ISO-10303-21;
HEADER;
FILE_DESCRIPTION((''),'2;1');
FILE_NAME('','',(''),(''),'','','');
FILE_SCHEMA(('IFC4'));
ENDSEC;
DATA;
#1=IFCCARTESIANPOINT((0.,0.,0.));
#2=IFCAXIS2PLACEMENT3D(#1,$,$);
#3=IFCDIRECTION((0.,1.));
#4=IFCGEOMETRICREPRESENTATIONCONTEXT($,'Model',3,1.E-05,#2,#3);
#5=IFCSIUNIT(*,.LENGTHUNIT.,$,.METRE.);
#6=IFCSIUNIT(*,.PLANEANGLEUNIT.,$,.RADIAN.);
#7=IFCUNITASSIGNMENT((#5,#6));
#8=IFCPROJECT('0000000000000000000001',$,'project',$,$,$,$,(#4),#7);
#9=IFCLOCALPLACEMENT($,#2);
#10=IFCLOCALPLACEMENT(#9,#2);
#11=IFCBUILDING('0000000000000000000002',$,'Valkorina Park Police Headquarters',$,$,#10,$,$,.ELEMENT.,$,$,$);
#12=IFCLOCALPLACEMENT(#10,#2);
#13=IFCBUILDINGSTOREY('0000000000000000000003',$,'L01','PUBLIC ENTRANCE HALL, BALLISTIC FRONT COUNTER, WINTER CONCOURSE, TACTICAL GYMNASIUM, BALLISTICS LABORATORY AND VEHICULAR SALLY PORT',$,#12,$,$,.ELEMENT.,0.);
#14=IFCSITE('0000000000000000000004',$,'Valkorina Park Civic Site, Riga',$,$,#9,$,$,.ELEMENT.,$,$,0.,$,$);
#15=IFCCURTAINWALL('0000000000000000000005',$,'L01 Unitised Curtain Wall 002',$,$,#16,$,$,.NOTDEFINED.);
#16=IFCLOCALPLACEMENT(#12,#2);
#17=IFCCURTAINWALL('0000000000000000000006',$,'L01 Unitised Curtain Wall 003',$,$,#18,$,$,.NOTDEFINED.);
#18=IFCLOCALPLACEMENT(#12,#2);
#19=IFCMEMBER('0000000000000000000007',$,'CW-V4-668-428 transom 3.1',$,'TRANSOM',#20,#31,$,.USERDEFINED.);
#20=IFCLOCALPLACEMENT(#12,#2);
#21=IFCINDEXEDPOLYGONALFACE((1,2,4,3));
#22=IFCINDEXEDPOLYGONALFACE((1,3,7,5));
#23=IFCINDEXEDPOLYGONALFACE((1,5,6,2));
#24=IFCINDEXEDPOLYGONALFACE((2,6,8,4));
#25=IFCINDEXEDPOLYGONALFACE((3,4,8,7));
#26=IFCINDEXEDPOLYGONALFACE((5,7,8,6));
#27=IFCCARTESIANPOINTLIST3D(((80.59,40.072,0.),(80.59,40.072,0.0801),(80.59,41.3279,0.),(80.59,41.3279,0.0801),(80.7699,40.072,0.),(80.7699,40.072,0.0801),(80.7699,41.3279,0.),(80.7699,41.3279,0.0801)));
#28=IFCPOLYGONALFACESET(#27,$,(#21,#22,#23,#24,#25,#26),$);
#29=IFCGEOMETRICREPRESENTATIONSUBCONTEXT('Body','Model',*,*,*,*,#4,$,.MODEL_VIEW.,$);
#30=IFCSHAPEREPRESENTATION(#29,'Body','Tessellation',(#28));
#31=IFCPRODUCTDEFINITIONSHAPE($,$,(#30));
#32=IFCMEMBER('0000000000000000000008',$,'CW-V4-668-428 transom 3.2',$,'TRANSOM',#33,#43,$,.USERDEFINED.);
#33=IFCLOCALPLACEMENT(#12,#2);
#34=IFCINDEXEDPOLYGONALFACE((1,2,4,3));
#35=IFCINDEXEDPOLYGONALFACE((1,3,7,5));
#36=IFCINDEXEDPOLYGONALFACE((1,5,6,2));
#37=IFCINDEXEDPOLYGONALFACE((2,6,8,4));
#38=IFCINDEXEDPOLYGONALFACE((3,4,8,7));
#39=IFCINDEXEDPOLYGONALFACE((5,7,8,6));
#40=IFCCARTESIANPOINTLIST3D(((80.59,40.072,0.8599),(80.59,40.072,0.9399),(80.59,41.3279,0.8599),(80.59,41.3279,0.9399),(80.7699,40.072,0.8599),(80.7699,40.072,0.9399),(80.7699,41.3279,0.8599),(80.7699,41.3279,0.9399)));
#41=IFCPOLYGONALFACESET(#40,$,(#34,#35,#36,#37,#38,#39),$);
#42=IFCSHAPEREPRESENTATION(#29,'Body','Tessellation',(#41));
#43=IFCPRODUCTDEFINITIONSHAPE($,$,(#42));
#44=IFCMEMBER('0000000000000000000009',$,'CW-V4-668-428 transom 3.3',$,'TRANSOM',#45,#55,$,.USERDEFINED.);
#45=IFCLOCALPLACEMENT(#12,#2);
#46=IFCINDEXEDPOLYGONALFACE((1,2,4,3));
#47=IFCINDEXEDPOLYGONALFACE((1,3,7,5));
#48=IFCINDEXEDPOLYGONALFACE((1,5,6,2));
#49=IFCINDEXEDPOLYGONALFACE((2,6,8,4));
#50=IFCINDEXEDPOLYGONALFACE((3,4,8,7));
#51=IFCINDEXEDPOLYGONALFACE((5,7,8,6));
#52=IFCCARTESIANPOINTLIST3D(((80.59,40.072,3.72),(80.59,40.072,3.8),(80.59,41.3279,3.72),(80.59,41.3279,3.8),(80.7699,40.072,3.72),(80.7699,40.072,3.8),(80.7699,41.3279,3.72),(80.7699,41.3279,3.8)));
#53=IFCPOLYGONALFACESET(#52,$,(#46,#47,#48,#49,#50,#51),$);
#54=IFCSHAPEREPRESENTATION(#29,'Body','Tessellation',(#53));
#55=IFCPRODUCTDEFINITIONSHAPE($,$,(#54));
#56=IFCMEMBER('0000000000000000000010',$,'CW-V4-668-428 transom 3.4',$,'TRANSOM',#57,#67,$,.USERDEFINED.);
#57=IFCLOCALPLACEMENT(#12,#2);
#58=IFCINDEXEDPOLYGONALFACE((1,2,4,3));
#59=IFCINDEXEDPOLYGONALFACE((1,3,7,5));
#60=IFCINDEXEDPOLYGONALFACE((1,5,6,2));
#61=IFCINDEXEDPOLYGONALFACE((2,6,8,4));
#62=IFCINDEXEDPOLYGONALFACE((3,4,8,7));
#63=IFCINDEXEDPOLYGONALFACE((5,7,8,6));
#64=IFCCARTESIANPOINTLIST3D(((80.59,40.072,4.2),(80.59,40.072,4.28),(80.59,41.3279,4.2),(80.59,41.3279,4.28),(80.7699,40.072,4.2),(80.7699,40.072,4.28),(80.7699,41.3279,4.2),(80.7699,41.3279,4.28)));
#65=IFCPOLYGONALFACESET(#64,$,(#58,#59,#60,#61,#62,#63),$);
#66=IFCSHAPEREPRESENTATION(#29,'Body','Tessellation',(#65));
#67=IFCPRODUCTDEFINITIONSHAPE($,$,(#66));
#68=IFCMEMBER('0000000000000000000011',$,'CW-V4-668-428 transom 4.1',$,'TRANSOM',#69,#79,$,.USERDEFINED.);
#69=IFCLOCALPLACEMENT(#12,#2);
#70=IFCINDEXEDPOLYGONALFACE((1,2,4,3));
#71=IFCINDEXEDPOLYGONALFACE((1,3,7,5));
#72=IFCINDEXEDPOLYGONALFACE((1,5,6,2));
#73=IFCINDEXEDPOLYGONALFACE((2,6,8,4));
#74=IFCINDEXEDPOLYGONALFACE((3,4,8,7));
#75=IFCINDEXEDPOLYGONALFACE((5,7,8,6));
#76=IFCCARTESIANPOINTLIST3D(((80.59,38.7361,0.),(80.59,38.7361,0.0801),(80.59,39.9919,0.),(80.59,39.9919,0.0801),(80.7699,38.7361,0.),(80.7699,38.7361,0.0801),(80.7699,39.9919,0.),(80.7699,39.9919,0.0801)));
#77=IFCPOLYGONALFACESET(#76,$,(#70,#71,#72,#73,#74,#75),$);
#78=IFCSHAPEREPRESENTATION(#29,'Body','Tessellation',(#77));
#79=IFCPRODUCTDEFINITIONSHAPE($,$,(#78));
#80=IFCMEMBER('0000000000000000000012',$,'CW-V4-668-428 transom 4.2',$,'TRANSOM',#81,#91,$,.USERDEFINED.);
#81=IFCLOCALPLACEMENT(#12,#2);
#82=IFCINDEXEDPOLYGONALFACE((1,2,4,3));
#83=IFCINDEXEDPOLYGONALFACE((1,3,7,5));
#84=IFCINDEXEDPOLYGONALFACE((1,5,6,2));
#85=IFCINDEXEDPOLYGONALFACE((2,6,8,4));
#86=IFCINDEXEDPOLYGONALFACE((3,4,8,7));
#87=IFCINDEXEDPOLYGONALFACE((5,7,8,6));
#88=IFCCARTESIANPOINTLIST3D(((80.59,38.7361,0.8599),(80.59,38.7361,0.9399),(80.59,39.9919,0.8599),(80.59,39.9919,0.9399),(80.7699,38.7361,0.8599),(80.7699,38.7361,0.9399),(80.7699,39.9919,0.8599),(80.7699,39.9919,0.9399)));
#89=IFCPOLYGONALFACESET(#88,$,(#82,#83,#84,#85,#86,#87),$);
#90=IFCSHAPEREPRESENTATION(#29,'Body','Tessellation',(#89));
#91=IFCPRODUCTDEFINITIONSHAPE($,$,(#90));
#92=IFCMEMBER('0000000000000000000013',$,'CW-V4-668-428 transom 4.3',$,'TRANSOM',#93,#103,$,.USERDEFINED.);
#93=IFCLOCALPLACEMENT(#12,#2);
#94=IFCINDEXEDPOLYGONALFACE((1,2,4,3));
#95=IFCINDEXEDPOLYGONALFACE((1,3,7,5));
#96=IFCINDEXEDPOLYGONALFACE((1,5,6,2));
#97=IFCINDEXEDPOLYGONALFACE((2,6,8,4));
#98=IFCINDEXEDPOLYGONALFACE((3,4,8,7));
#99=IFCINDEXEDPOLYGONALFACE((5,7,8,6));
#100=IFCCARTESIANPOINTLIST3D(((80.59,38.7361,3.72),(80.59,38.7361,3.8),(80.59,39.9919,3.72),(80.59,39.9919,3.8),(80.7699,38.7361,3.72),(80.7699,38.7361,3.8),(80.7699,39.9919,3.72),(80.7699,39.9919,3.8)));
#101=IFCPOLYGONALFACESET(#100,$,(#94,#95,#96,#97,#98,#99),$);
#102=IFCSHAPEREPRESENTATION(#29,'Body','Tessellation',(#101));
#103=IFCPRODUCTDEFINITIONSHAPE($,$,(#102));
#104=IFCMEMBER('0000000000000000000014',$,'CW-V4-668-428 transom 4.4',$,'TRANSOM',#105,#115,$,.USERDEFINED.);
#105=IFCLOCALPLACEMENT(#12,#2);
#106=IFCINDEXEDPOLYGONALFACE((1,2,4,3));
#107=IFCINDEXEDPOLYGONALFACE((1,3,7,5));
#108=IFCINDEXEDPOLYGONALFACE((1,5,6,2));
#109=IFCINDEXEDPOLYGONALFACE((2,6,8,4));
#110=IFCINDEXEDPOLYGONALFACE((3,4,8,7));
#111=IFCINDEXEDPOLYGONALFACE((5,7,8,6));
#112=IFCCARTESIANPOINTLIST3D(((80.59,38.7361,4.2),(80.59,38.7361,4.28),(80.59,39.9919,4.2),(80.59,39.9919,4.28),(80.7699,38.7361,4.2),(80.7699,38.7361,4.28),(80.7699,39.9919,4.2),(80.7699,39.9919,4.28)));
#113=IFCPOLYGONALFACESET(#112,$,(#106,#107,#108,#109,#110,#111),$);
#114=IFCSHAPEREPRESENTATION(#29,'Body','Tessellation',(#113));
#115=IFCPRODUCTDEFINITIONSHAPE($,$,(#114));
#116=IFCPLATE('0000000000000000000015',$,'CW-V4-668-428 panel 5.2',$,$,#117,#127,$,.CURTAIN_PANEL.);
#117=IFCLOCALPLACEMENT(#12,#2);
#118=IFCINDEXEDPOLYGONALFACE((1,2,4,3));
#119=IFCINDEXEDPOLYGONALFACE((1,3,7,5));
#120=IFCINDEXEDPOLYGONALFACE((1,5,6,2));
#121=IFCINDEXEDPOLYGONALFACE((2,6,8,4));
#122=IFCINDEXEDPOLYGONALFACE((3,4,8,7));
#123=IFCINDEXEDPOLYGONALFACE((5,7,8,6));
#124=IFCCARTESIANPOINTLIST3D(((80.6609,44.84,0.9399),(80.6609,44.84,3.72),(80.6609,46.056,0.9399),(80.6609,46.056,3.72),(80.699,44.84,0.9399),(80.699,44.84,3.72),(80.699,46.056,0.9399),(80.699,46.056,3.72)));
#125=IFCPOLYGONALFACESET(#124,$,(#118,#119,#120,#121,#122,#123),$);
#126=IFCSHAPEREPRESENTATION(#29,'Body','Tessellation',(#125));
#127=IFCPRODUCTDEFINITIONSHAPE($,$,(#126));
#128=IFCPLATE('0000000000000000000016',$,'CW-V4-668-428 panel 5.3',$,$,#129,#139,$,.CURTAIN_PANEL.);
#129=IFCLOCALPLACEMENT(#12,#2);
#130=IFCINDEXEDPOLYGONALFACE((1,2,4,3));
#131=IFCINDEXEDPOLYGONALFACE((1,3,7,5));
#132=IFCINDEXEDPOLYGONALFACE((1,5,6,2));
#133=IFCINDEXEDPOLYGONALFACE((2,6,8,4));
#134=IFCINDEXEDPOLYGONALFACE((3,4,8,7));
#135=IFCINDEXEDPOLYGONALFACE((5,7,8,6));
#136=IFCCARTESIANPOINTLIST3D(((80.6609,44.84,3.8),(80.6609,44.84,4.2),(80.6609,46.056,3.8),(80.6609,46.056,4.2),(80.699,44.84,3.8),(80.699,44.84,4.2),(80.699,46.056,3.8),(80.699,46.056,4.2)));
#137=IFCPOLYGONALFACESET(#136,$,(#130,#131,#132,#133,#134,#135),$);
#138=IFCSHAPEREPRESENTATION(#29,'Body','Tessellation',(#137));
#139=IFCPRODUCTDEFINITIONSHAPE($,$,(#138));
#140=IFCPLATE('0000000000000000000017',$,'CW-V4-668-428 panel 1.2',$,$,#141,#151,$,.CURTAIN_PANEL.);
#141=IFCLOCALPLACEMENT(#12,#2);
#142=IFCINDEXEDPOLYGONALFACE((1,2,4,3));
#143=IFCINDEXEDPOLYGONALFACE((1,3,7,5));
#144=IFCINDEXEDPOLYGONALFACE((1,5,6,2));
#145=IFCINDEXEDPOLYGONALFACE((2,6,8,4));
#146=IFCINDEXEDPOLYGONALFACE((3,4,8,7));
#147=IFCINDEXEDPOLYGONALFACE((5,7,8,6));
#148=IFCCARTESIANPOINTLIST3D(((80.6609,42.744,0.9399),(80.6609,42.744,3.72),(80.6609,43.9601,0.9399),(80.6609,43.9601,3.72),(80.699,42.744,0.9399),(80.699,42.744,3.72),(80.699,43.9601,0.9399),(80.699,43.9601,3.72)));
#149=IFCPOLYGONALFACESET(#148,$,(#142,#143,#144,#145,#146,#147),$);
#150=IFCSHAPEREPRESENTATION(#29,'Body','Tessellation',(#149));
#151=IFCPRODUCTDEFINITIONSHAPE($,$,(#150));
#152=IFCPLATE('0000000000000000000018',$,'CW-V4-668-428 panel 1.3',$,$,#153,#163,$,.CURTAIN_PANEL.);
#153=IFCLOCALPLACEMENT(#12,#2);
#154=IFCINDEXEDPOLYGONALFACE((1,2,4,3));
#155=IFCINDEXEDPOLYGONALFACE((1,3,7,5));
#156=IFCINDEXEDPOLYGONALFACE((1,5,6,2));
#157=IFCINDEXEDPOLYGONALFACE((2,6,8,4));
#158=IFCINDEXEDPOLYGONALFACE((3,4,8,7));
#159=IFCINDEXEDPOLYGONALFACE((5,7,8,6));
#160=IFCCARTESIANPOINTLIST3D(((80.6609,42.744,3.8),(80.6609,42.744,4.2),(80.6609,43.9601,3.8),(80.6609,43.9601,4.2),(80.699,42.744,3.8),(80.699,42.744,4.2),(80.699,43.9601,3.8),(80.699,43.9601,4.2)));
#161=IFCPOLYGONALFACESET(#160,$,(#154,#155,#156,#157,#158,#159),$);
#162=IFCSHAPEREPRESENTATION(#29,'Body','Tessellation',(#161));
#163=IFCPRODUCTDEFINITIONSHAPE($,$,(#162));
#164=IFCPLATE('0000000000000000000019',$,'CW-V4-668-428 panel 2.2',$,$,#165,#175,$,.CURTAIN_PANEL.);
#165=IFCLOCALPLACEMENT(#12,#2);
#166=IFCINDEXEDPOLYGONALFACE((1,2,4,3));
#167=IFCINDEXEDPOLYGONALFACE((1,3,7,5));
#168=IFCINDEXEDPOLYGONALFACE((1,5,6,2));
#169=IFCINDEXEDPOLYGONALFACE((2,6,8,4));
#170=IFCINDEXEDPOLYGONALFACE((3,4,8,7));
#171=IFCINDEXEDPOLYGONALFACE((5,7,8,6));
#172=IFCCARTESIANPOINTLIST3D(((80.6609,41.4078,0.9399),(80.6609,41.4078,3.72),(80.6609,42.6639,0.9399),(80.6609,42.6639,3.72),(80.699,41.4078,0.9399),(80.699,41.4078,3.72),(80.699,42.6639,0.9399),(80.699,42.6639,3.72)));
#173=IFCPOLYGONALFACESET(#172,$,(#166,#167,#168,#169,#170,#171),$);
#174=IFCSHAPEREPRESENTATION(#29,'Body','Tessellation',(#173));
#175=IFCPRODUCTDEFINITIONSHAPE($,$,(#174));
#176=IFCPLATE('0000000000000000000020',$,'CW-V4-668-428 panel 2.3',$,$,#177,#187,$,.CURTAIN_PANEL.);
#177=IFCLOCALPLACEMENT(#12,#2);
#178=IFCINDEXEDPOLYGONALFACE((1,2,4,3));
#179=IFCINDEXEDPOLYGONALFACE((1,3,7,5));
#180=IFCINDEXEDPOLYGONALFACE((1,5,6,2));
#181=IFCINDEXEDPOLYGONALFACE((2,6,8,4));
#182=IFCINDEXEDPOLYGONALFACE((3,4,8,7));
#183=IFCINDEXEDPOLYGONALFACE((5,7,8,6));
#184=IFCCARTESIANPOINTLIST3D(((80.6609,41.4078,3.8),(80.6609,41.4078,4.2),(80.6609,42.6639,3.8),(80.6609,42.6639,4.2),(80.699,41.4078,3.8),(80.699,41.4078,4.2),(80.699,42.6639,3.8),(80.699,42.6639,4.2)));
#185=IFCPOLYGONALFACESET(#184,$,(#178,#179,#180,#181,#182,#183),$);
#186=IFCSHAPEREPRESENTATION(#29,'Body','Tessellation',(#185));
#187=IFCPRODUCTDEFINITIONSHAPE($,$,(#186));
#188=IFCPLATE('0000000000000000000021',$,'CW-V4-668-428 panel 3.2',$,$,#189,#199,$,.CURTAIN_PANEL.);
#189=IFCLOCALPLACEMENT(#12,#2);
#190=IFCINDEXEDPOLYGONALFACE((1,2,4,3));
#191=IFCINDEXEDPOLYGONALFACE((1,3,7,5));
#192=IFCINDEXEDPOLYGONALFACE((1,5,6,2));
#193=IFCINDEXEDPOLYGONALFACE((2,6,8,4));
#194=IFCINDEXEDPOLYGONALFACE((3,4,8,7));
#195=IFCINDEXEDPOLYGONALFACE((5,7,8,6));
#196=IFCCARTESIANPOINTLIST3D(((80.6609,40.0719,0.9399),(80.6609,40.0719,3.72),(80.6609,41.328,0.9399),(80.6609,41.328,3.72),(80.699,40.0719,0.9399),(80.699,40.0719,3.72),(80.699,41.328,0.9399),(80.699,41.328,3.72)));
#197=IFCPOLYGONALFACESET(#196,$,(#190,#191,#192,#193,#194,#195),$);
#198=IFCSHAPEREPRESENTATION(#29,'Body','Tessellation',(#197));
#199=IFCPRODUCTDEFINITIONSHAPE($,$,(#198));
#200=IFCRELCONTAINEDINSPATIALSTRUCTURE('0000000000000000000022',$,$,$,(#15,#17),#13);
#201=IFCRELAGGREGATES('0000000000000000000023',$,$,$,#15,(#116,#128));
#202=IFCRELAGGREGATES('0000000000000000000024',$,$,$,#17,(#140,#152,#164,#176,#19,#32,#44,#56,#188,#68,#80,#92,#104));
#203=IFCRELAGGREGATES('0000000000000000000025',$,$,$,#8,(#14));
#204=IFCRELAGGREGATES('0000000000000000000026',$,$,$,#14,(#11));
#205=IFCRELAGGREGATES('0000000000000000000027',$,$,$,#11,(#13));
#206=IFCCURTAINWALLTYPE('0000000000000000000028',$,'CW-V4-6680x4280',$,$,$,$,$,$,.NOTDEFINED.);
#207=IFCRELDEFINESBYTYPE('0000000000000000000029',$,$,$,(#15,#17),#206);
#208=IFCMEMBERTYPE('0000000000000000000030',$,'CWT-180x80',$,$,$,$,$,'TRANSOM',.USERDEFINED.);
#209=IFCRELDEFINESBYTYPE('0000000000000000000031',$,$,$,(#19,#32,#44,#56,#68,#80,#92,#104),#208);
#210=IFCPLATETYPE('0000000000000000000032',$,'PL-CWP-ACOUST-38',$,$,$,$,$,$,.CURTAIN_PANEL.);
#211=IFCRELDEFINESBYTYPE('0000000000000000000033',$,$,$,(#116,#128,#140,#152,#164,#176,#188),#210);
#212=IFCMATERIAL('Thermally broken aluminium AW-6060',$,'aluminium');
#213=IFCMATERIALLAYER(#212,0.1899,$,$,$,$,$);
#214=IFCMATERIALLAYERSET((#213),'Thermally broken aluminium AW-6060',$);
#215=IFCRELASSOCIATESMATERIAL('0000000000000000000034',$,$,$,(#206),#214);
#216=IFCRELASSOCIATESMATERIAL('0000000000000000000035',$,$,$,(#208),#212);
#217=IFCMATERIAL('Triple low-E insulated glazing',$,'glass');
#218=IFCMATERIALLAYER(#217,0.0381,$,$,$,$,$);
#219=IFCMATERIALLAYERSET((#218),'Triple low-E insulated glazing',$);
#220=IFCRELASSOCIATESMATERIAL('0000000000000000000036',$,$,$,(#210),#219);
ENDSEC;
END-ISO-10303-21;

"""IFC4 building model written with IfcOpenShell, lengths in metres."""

from ifc_helpers import new_model, si_unit, direction, frame, origin, origin_2d, place, context, subcontext, project, spatial, rectangle, extrude, material, layer, layer_set, material_profile, profile_set, type_object, element, aggregate, save


model = new_model("IFC4")

# Units and contexts
model_context = context("Model", 3, precision=1e-05, world=origin(), true_north=direction((0.0, 1.0)))
body_context = subcontext(model_context, "Body", "Model", "MODEL_VIEW")
ifc_project = project(units=[si_unit("LENGTHUNIT", "METRE"), si_unit("PLANEANGLEUNIT", "RADIAN")], contexts=[model_context])

# Site, building, storey
site_placement = place(None, origin())
site = spatial("IfcSite", under=ifc_project, at=site_placement, Name="Valkorina Park Civic Site, Riga", CompositionType="ELEMENT", RefElevation=0.0)
building_placement = place(site_placement, origin())
building = spatial("IfcBuilding", under=site, at=building_placement, Name="Valkorina Park Police Headquarters", CompositionType="ELEMENT")
storey_placement = place(building_placement, origin())
storey = spatial("IfcBuildingStorey", under=building, at=storey_placement, Name="L01", Description="PUBLIC ENTRANCE HALL, BALLISTIC FRONT COUNTER, WINTER CONCOURSE, TACTICAL GYMNASIUM, BALLISTICS LABORATORY AND VEHICULAR SALLY PORT", CompositionType="ELEMENT", Elevation=0.0)

# Curtain wall
ifc_material_1 = material(Name="Thermally broken aluminium AW-6060", Category="aluminium")
ifc_layer_1 = layer(ifc_material_1, 0.1899)
ifc_layer_set_1 = layer_set([ifc_layer_1], Name="Thermally broken aluminium AW-6060")
curtain_wall_type = type_object("IfcCurtainWallType", Name="CW-V4-6680x4280", PredefinedType="NOTDEFINED", material=ifc_layer_set_1)
curtain_wall_1_placement = place(storey_placement, origin())
curtain_wall_1 = element("IfcCurtainWall", 1, at=curtain_wall_1_placement, inside=storey, type_object=curtain_wall_type, Name="L01 Unitised Curtain Wall 002", PredefinedType="NOTDEFINED")

# Curtain wall
curtain_wall_2_placement = place(storey_placement, origin())
curtain_wall_2 = element("IfcCurtainWall", 2, at=curtain_wall_2_placement, inside=storey, type_object=curtain_wall_type, Name="L01 Unitised Curtain Wall 003", PredefinedType="NOTDEFINED")

# Members
ifc_material_profile_1 = material_profile(ifc_material_1, rectangle(XDim=0.1799, YDim=0.0801, at=origin_2d()), Name="CWT-03 180x80")
ifc_profile_set_1 = profile_set([ifc_material_profile_1], Name="Thermally broken aluminium AW-6060")
member_type_1 = type_object("IfcMemberType", Name="CWT-180x80", ElementType="TRANSOM", PredefinedType="USERDEFINED", material=ifc_profile_set_1)
member_1_placement = place(storey_placement, frame((80.6799, 41.3279, 0.04), z_axis=(0.0, -1.0, 0.0), x_axis=(1.0, 0.0, 0.0)))
member_1 = element("IfcMember", 3, at=member_1_placement, type_object=member_type_1, Name="CW-V4-668-428 transom 3.1", ObjectType="TRANSOM", PredefinedType="USERDEFINED", context=body_context, shape_type="SweptSolid", body=[
    extrude(rectangle(XDim=0.1799, YDim=0.0801, at=origin_2d()), origin(), (0.0, 0.0, 1.0), 1.2559),
])
member_2_placement = place(storey_placement, frame((80.6799, 41.3279, 0.8999), z_axis=(0.0, -1.0, 0.0), x_axis=(1.0, 0.0, 0.0)))
member_2 = element("IfcMember", 4, at=member_2_placement, type_object=member_type_1, Name="CW-V4-668-428 transom 3.2", ObjectType="TRANSOM", PredefinedType="USERDEFINED", context=body_context, shape_type="SweptSolid", body=[
    extrude(rectangle(XDim=0.1799, YDim=0.0801, at=origin_2d()), origin(), (0.0, 0.0, 1.0), 1.2559),
])
member_3_placement = place(storey_placement, frame((80.6799, 41.3279, 3.76), z_axis=(0.0, -1.0, 0.0), x_axis=(1.0, 0.0, 0.0)))
member_3 = element("IfcMember", 5, at=member_3_placement, type_object=member_type_1, Name="CW-V4-668-428 transom 3.3", ObjectType="TRANSOM", PredefinedType="USERDEFINED", context=body_context, shape_type="SweptSolid", body=[
    extrude(rectangle(XDim=0.1799, YDim=0.0801, at=origin_2d()), origin(), (0.0, 0.0, 1.0), 1.2559),
])
member_4_placement = place(storey_placement, frame((80.6799, 41.3279, 4.24), z_axis=(0.0, -1.0, 0.0), x_axis=(1.0, 0.0, 0.0)))
member_4 = element("IfcMember", 6, at=member_4_placement, type_object=member_type_1, Name="CW-V4-668-428 transom 3.4", ObjectType="TRANSOM", PredefinedType="USERDEFINED", context=body_context, shape_type="SweptSolid", body=[
    extrude(rectangle(XDim=0.1799, YDim=0.0801, at=origin_2d()), origin(), (0.0, 0.0, 1.0), 1.2559),
])
member_5_placement = place(storey_placement, frame((80.6799, 39.9919, 0.04), z_axis=(0.0, -1.0, 0.0), x_axis=(1.0, 0.0, 0.0)))
member_5 = element("IfcMember", 7, at=member_5_placement, type_object=member_type_1, Name="CW-V4-668-428 transom 4.1", ObjectType="TRANSOM", PredefinedType="USERDEFINED", context=body_context, shape_type="SweptSolid", body=[
    extrude(rectangle(XDim=0.1799, YDim=0.0801, at=origin_2d()), origin(), (0.0, 0.0, 1.0), 1.2559),
])
member_6_placement = place(storey_placement, frame((80.6799, 39.9919, 0.8999), z_axis=(0.0, -1.0, 0.0), x_axis=(1.0, 0.0, 0.0)))
member_6 = element("IfcMember", 8, at=member_6_placement, type_object=member_type_1, Name="CW-V4-668-428 transom 4.2", ObjectType="TRANSOM", PredefinedType="USERDEFINED", context=body_context, shape_type="SweptSolid", body=[
    extrude(rectangle(XDim=0.1799, YDim=0.0801, at=origin_2d()), origin(), (0.0, 0.0, 1.0), 1.2559),
])
member_7_placement = place(storey_placement, frame((80.6799, 39.9919, 3.76), z_axis=(0.0, -1.0, 0.0), x_axis=(1.0, 0.0, 0.0)))
member_7 = element("IfcMember", 9, at=member_7_placement, type_object=member_type_1, Name="CW-V4-668-428 transom 4.3", ObjectType="TRANSOM", PredefinedType="USERDEFINED", context=body_context, shape_type="SweptSolid", body=[
    extrude(rectangle(XDim=0.1799, YDim=0.0801, at=origin_2d()), origin(), (0.0, 0.0, 1.0), 1.2559),
])
member_8_placement = place(storey_placement, frame((80.6799, 39.9919, 4.24), z_axis=(0.0, -1.0, 0.0), x_axis=(1.0, 0.0, 0.0)))
member_8 = element("IfcMember", 10, at=member_8_placement, type_object=member_type_1, Name="CW-V4-668-428 transom 4.4", ObjectType="TRANSOM", PredefinedType="USERDEFINED", context=body_context, shape_type="SweptSolid", body=[
    extrude(rectangle(XDim=0.1799, YDim=0.0801, at=origin_2d()), origin(), (0.0, 0.0, 1.0), 1.2559),
])

# Plates
ifc_material_2 = material(Name="Triple low-E insulated glazing", Category="glass")
ifc_layer_2 = layer(ifc_material_2, 0.0381)
ifc_layer_set_2 = layer_set([ifc_layer_2], Name="Triple low-E insulated glazing")
plate_type_1 = type_object("IfcPlateType", Name="PL-CWP-ACOUST-38", PredefinedType="CURTAIN_PANEL", material=ifc_layer_set_2)
plate_1_placement = place(storey_placement, frame((80.6799, 45.448, 0.9399), z_axis=(0.0, 0.0, 1.0), x_axis=(0.0, -1.0, 0.0)))
plate_1 = element("IfcPlate", 11, at=plate_1_placement, type_object=plate_type_1, Name="CW-V4-668-428 panel 5.2", PredefinedType="CURTAIN_PANEL", context=body_context, shape_type="SweptSolid", body=[
    extrude(rectangle(XDim=1.2161, YDim=0.0381, at=origin_2d()), origin(), (0.0, 0.0, 1.0), 2.78),
])
plate_2_placement = place(storey_placement, frame((80.6799, 45.448, 3.8), z_axis=(0.0, 0.0, 1.0), x_axis=(0.0, -1.0, 0.0)))
plate_2 = element("IfcPlate", 12, at=plate_2_placement, type_object=plate_type_1, Name="CW-V4-668-428 panel 5.3", PredefinedType="CURTAIN_PANEL", context=body_context, shape_type="SweptSolid", body=[
    extrude(rectangle(XDim=1.2161, YDim=0.0381, at=origin_2d()), origin(), (0.0, 0.0, 1.0), 0.3999),
])
plate_3_placement = place(storey_placement, frame((80.6799, 43.3521, 0.9399), z_axis=(0.0, 0.0, 1.0), x_axis=(0.0, -1.0, 0.0)))
plate_3 = element("IfcPlate", 13, at=plate_3_placement, type_object=plate_type_1, Name="CW-V4-668-428 panel 1.2", PredefinedType="CURTAIN_PANEL", context=body_context, shape_type="SweptSolid", body=[
    extrude(rectangle(XDim=1.2161, YDim=0.0381, at=origin_2d()), origin(), (0.0, 0.0, 1.0), 2.78),
])
plate_4_placement = place(storey_placement, frame((80.6799, 43.3521, 3.8), z_axis=(0.0, 0.0, 1.0), x_axis=(0.0, -1.0, 0.0)))
plate_4 = element("IfcPlate", 14, at=plate_4_placement, type_object=plate_type_1, Name="CW-V4-668-428 panel 1.3", PredefinedType="CURTAIN_PANEL", context=body_context, shape_type="SweptSolid", body=[
    extrude(rectangle(XDim=1.2161, YDim=0.0381, at=origin_2d()), origin(), (0.0, 0.0, 1.0), 0.3999),
])
plate_5_placement = place(storey_placement, frame((80.6799, 42.0359, 0.9399), z_axis=(0.0, 0.0, 1.0), x_axis=(0.0, -1.0, 0.0)))
plate_5 = element("IfcPlate", 15, at=plate_5_placement, type_object=plate_type_1, Name="CW-V4-668-428 panel 2.2", PredefinedType="CURTAIN_PANEL", context=body_context, shape_type="SweptSolid", body=[
    extrude(rectangle(XDim=1.2561, YDim=0.0381, at=origin_2d()), origin(), (0.0, 0.0, 1.0), 2.78),
])
plate_6_placement = place(storey_placement, frame((80.6799, 42.0359, 3.8), z_axis=(0.0, 0.0, 1.0), x_axis=(0.0, -1.0, 0.0)))
plate_6 = element("IfcPlate", 16, at=plate_6_placement, type_object=plate_type_1, Name="CW-V4-668-428 panel 2.3", PredefinedType="CURTAIN_PANEL", context=body_context, shape_type="SweptSolid", body=[
    extrude(rectangle(XDim=1.2561, YDim=0.0381, at=origin_2d()), origin(), (0.0, 0.0, 1.0), 0.3999),
])
plate_7_placement = place(storey_placement, frame((80.6799, 40.7, 0.9399), z_axis=(0.0, 0.0, 1.0), x_axis=(0.0, -1.0, 0.0)))
plate_7 = element("IfcPlate", 17, at=plate_7_placement, type_object=plate_type_1, Name="CW-V4-668-428 panel 3.2", PredefinedType="CURTAIN_PANEL", context=body_context, shape_type="SweptSolid", body=[
    extrude(rectangle(XDim=1.2561, YDim=0.0381, at=origin_2d()), origin(), (0.0, 0.0, 1.0), 2.78),
])
aggregate(curtain_wall_1, [plate_1, plate_2])
aggregate(curtain_wall_2, [plate_3, plate_4, plate_5, plate_6, member_1, member_2, member_3, member_4, plate_7, member_5, member_6, member_7, member_8])

save(model, "model.ifc")
